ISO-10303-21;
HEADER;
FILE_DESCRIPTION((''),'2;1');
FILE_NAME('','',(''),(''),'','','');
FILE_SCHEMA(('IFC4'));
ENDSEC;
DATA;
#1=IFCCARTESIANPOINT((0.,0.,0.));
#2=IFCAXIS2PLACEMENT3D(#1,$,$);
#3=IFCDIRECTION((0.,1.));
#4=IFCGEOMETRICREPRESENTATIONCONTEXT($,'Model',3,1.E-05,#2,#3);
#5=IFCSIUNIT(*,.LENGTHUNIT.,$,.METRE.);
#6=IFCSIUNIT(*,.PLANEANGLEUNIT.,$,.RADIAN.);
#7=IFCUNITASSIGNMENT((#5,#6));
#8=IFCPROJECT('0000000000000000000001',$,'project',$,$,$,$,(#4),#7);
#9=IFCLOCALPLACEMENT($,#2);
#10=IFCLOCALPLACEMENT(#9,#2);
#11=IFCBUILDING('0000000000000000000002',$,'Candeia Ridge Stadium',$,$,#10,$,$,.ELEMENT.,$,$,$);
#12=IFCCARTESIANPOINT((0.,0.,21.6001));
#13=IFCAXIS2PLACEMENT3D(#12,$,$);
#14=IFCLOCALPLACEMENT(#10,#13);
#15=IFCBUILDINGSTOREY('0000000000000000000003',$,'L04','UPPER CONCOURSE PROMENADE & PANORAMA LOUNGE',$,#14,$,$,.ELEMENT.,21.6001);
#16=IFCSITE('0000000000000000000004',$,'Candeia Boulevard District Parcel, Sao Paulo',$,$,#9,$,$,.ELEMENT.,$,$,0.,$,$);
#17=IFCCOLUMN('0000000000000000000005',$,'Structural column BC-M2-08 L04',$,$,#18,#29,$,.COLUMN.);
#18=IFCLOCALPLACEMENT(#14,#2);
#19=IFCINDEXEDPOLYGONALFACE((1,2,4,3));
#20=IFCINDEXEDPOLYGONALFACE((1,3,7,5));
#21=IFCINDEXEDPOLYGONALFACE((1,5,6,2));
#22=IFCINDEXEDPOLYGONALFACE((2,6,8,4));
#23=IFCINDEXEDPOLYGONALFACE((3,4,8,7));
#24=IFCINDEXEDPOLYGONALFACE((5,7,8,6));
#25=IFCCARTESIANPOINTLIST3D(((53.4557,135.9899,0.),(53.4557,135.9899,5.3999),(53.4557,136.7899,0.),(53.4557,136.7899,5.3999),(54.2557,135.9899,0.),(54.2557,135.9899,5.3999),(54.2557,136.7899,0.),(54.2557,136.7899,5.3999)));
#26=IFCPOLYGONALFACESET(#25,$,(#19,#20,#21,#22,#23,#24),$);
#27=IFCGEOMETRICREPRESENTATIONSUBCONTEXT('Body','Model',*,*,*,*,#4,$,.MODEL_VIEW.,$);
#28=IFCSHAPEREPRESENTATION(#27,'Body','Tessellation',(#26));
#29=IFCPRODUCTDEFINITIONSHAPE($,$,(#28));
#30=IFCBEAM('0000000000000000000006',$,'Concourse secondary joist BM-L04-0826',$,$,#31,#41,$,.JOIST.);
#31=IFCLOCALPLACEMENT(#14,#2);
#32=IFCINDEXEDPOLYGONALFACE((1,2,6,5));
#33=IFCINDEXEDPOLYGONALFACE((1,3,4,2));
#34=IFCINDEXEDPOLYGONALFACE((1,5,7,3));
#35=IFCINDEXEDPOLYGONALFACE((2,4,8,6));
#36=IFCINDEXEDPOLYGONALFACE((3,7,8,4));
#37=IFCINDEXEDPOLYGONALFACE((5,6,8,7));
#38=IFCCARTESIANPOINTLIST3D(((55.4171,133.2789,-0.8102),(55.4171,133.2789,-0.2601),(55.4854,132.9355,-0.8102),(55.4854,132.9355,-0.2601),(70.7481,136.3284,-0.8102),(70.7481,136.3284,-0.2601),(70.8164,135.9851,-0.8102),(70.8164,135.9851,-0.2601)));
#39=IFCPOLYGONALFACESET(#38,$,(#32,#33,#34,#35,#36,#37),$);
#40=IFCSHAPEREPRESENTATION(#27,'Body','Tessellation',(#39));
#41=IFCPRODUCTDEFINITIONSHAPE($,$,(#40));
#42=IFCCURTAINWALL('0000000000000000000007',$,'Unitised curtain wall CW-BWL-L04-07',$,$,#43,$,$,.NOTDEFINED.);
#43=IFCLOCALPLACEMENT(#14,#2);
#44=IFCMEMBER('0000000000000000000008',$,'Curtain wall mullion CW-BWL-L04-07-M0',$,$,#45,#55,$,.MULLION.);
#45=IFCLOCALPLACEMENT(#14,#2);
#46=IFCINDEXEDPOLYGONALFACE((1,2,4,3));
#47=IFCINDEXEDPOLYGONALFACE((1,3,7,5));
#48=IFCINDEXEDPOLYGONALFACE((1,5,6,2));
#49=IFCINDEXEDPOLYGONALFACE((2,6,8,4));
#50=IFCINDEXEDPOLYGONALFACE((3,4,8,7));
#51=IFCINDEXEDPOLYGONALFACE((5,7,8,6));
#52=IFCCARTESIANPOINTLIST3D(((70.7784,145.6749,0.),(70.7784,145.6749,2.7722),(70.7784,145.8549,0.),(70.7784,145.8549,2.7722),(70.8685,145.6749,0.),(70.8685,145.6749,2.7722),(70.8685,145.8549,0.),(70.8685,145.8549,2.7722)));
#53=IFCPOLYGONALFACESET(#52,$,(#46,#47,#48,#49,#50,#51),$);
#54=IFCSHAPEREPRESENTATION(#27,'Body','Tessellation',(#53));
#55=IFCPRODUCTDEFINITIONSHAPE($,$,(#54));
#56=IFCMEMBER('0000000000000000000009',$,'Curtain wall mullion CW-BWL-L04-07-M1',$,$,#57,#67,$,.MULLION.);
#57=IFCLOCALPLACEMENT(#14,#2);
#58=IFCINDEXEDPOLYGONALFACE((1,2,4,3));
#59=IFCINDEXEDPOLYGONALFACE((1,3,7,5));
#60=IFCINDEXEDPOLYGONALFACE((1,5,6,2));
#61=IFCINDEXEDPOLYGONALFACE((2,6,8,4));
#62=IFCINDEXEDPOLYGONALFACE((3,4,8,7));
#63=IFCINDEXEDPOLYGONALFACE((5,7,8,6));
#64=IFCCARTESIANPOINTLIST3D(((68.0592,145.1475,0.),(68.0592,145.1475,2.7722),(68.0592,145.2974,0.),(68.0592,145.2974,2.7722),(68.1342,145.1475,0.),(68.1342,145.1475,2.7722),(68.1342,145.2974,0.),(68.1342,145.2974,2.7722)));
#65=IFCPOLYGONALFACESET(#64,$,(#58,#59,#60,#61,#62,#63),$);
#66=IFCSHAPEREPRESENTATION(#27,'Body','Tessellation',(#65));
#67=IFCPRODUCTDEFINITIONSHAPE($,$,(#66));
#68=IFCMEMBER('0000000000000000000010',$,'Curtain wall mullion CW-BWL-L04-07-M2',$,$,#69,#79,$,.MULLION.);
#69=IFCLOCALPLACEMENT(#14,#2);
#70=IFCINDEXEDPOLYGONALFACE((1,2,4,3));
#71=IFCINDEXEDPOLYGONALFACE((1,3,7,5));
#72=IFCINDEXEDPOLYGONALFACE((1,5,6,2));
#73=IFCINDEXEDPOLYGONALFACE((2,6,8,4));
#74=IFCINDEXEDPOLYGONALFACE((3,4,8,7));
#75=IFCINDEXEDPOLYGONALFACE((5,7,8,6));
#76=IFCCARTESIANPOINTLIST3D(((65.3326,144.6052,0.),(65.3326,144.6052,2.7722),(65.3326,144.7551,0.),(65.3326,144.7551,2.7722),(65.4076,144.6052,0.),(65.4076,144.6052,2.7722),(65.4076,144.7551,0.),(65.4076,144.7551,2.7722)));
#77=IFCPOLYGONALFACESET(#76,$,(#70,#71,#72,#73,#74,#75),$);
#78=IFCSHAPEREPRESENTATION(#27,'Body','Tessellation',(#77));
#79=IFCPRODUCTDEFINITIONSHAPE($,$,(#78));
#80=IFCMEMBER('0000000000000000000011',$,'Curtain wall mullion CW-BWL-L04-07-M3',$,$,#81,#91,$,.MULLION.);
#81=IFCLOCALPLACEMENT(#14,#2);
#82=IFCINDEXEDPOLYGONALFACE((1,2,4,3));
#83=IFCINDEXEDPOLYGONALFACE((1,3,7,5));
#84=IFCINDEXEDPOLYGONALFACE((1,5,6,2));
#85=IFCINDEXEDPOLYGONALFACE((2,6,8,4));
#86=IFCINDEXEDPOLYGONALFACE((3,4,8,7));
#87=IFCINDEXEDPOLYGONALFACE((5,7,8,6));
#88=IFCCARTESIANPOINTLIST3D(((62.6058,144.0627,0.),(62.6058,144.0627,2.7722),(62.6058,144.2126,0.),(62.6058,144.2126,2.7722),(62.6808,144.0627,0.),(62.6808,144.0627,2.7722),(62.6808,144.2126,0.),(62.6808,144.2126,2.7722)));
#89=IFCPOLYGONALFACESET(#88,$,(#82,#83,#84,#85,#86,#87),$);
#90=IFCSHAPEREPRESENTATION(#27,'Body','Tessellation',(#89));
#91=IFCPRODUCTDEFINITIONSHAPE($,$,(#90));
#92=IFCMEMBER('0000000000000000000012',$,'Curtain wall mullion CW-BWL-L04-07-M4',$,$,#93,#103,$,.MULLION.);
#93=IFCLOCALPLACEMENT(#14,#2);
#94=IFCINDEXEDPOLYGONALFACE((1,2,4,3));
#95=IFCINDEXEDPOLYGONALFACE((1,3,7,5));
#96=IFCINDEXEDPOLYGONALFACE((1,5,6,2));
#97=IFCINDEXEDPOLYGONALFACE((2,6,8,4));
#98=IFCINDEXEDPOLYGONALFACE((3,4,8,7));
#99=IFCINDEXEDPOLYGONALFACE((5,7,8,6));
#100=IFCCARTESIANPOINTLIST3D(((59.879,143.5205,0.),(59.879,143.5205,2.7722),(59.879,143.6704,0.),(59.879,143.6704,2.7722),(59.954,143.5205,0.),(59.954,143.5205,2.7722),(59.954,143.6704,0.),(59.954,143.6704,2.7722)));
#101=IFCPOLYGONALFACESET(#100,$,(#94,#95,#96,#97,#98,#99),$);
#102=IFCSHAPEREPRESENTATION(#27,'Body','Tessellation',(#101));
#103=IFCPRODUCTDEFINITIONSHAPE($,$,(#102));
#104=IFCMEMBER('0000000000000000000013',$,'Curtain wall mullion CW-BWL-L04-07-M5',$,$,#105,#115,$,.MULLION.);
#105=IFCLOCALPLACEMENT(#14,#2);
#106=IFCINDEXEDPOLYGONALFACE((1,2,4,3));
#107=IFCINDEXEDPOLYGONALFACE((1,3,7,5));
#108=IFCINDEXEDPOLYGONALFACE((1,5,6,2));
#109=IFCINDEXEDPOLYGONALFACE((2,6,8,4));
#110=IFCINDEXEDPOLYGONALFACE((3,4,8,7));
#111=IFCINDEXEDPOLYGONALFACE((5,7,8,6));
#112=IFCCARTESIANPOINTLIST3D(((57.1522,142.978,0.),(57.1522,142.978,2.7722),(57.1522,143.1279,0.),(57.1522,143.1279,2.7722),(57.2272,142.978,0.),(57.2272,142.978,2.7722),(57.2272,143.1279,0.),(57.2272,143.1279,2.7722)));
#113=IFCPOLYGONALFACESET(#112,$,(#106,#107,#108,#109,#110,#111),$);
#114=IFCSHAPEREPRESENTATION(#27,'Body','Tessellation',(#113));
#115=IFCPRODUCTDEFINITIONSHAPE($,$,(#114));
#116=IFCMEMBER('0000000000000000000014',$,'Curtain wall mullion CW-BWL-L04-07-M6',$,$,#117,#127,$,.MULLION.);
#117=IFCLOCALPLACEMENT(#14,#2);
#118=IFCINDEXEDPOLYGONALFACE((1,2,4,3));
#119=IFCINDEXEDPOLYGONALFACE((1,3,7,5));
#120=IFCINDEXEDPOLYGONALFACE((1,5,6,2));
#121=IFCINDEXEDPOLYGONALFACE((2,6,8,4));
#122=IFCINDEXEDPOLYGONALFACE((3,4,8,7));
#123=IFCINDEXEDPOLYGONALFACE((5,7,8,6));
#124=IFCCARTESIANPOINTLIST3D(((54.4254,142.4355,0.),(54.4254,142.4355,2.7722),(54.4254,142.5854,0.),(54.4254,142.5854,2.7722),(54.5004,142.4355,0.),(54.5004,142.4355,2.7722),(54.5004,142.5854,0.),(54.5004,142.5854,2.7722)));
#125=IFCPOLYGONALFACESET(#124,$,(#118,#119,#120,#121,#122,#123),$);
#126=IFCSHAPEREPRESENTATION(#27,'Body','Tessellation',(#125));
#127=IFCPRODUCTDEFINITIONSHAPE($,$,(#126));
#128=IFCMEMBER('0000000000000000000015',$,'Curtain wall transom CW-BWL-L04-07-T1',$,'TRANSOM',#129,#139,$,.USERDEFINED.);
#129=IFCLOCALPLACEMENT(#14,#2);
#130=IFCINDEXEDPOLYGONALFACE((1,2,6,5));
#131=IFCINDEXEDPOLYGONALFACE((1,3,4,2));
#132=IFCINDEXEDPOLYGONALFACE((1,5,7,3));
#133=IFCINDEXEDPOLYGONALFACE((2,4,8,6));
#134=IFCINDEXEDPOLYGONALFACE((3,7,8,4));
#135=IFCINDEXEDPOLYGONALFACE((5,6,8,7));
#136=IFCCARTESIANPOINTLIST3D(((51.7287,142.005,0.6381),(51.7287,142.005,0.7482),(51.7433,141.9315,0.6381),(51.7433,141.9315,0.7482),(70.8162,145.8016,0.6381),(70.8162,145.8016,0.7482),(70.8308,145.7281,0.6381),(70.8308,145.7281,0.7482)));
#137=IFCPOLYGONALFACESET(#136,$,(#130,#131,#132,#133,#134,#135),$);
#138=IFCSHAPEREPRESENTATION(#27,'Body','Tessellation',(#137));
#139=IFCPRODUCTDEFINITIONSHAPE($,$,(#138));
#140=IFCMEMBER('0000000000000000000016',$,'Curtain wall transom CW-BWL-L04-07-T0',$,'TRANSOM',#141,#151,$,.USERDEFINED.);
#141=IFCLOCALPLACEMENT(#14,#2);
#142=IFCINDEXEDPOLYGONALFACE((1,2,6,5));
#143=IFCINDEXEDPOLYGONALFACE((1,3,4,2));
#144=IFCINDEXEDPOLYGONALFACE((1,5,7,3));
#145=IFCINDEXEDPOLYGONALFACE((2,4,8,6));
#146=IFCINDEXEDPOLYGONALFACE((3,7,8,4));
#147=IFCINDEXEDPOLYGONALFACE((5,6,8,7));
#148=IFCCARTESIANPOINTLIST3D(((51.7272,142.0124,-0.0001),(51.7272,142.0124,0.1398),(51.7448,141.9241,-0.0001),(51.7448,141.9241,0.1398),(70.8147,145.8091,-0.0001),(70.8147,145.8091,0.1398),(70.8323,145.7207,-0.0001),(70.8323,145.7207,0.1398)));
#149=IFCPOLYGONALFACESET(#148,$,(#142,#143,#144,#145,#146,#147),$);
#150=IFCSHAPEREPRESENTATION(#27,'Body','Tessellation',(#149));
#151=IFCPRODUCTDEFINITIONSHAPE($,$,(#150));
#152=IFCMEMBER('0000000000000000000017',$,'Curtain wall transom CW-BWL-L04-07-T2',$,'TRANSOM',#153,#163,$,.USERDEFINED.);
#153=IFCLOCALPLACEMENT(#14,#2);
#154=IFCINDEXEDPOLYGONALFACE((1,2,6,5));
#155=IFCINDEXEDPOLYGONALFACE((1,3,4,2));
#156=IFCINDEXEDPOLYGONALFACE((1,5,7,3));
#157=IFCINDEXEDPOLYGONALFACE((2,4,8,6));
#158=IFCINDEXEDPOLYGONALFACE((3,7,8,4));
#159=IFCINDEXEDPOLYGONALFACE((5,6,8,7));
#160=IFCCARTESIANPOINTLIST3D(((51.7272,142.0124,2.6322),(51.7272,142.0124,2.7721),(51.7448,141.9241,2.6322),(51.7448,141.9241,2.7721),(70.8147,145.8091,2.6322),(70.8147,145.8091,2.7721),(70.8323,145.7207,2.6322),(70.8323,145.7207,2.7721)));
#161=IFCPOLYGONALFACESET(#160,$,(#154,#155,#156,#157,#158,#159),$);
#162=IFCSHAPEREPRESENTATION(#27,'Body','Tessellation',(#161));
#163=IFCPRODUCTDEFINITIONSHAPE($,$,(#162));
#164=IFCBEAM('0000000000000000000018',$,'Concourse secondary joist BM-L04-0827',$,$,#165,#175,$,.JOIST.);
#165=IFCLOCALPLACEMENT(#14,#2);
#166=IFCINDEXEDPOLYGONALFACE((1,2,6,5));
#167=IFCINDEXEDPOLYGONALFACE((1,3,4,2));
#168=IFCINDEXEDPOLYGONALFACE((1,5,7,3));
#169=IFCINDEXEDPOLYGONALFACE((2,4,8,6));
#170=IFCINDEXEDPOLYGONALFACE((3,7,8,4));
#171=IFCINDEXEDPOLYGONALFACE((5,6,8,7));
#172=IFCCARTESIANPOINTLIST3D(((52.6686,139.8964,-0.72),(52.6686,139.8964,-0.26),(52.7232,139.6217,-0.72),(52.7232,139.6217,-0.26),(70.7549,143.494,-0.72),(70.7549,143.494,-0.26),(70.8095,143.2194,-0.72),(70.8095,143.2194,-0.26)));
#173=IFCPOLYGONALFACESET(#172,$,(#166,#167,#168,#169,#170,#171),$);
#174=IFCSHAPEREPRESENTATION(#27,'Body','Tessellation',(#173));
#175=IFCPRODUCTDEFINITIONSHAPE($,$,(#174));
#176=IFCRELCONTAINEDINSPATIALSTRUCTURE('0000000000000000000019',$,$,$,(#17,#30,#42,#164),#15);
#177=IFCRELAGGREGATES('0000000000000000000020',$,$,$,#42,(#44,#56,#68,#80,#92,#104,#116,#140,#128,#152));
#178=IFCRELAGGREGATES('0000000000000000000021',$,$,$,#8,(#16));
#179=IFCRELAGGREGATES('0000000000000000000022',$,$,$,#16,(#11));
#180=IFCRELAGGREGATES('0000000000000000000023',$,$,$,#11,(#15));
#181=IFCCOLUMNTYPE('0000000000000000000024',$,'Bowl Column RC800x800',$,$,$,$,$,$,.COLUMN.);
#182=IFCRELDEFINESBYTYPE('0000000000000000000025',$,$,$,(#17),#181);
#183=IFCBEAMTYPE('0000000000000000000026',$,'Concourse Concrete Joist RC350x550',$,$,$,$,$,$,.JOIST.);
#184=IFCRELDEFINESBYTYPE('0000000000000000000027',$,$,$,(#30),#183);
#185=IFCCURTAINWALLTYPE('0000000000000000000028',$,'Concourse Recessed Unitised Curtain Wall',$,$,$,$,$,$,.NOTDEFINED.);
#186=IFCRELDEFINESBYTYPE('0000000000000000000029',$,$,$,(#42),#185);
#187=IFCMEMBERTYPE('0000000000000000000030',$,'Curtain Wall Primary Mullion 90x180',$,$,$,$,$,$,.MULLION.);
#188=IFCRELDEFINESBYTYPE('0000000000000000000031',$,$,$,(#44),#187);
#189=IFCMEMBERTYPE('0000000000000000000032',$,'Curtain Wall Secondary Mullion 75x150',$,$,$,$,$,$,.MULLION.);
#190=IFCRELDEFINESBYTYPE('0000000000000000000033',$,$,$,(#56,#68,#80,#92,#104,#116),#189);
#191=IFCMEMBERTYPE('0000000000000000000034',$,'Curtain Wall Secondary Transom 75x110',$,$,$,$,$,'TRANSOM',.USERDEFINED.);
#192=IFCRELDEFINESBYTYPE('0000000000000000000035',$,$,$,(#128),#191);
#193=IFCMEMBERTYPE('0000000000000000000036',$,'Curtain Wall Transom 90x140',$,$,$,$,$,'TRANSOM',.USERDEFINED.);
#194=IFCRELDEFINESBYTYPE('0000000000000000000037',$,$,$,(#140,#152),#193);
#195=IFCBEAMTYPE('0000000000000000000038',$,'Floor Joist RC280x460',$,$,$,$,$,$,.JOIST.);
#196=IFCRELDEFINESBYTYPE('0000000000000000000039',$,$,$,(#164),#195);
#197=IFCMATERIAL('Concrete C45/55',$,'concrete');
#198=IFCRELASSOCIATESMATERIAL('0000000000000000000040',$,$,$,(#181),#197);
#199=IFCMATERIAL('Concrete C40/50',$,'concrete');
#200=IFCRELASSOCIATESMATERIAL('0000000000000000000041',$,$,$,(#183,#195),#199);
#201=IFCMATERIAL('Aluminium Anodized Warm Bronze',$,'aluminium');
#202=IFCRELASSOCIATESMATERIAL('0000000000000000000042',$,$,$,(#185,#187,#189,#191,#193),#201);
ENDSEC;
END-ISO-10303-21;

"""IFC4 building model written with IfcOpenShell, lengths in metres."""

from ifc_helpers import new_model, si_unit, direction, frame, origin, origin_2d, place, context, subcontext, project, spatial, rectangle, extrude, material, material_profile, profile_set, type_object, element, aggregate, save


model = new_model("IFC4")

# Units and contexts
model_context = context("Model", 3, precision=1e-05, world=origin(), true_north=direction((0.0, 1.0)))
body_context = subcontext(model_context, "Body", "Model", "MODEL_VIEW")
ifc_project = project(units=[si_unit("LENGTHUNIT", "METRE"), si_unit("PLANEANGLEUNIT", "RADIAN")], contexts=[model_context])

# Site, building, storey
site_placement = place(None, origin())
site = spatial("IfcSite", under=ifc_project, at=site_placement, Name="Candeia Boulevard District Parcel, Sao Paulo", CompositionType="ELEMENT", RefElevation=0.0)
building_placement = place(site_placement, origin())
building = spatial("IfcBuilding", under=site, at=building_placement, Name="Candeia Ridge Stadium", CompositionType="ELEMENT")
storey_placement = place(building_placement, frame((0.0, 0.0, 21.6001)))
storey = spatial("IfcBuildingStorey", under=building, at=storey_placement, Name="L04", Description="UPPER CONCOURSE PROMENADE & PANORAMA LOUNGE", CompositionType="ELEMENT", Elevation=21.6001)

# Column
ifc_material_1 = material(Name="Concrete C45/55", Category="concrete")
ifc_material_profile_1 = material_profile(ifc_material_1, rectangle(XDim=0.8, YDim=0.8, at=origin_2d()), Name="RC800x800", Category="concrete")
ifc_profile_set_1 = profile_set([ifc_material_profile_1], Name="Concrete C45/55")
column_type = type_object("IfcColumnType", Name="Bowl Column RC800x800", PredefinedType="COLUMN", material=ifc_profile_set_1)
column_placement = place(storey_placement, frame((53.8557, 136.3899, 0.0), z_axis=(0.0, 0.0, 1.0), x_axis=(1.0, 0.0, 0.0)))
element("IfcColumn", 1, at=column_placement, inside=storey, type_object=column_type, Name="Structural column BC-M2-08 L04", PredefinedType="COLUMN", context=body_context, shape_type="SweptSolid", body=[
    extrude(rectangle(XDim=0.8, YDim=0.8, at=origin_2d()), origin(), (0.0, 0.0, 1.0), 5.3999),
])

# Beam
ifc_material_2 = material(Name="Concrete C40/50", Category="concrete")
ifc_material_profile_2 = material_profile(ifc_material_2, rectangle(XDim=0.3501, YDim=0.55, at=origin_2d()), Name="RC350x550", Category="concrete")
ifc_profile_set_2 = profile_set([ifc_material_profile_2], Name="Concrete C40/50")
beam_type_1 = type_object("IfcBeamType", Name="Concourse Concrete Joist RC350x550", PredefinedType="JOIST", material=ifc_profile_set_2)
beam_1_placement = place(storey_placement, frame((70.7822, 136.1567, -0.5352), z_axis=(-0.980785, -0.195092, 0.0), x_axis=(0.195092, -0.980785, 0.0)))
element("IfcBeam", 2, at=beam_1_placement, inside=storey, type_object=beam_type_1, Name="Concourse secondary joist BM-L04-0826", PredefinedType="JOIST", context=body_context, shape_type="SweptSolid", body=[
    extrude(rectangle(XDim=0.3501, YDim=0.55, at=origin_2d()), origin(), (0.0, 0.0, 1.0), 15.6313),
])

# Curtain wall, members
ifc_material_3 = material(Name="Aluminium Anodized Warm Bronze", Category="aluminium")
curtain_wall_type = type_object("IfcCurtainWallType", Name="Concourse Recessed Unitised Curtain Wall", PredefinedType="NOTDEFINED", material=ifc_material_3)
curtain_wall_placement = place(storey_placement, origin())
curtain_wall = element("IfcCurtainWall", 3, at=curtain_wall_placement, inside=storey, type_object=curtain_wall_type, Name="Unitised curtain wall CW-BWL-L04-07", PredefinedType="NOTDEFINED")
ifc_material_profile_3 = material_profile(ifc_material_3, rectangle(XDim=0.0901, YDim=0.1799, at=origin_2d()), Name="CWM-90x180", Category="aluminium")
ifc_profile_set_3 = profile_set([ifc_material_profile_3], Name="Aluminium Anodized Warm Bronze")
member_type_1 = type_object("IfcMemberType", Name="Curtain Wall Primary Mullion 90x180", PredefinedType="MULLION", material=ifc_profile_set_3)
member_1_placement = place(storey_placement, frame((70.8235, 145.7649, 0.0), z_axis=(0.0, 0.0, 1.0), x_axis=(1.0, 0.0, 0.0)))
member_1 = element("IfcMember", 4, at=member_1_placement, type_object=member_type_1, Name="Curtain wall mullion CW-BWL-L04-07-M0", PredefinedType="MULLION", context=body_context, shape_type="SweptSolid", body=[
    extrude(rectangle(XDim=0.0901, YDim=0.1799, at=origin_2d()), origin(), (0.0, 0.0, 1.0), 2.7722),
])
ifc_material_profile_4 = material_profile(ifc_material_3, rectangle(XDim=0.075, YDim=0.1499, at=origin_2d()), Name="CWM-75x150", Category="aluminium")
ifc_profile_set_4 = profile_set([ifc_material_profile_4], Name="Aluminium Anodized Warm Bronze")
member_type_2 = type_object("IfcMemberType", Name="Curtain Wall Secondary Mullion 75x150", PredefinedType="MULLION", material=ifc_profile_set_4)
member_2_placement = place(storey_placement, frame((68.0967, 145.2224, 0.0), z_axis=(0.0, 0.0, 1.0), x_axis=(1.0, 0.0, 0.0)))
member_2 = element("IfcMember", 5, at=member_2_placement, type_object=member_type_2, Name="Curtain wall mullion CW-BWL-L04-07-M1", PredefinedType="MULLION", context=body_context, shape_type="SweptSolid", body=[
    extrude(rectangle(XDim=0.075, YDim=0.1499, at=origin_2d()), origin(), (0.0, 0.0, 1.0), 2.7722),
])
member_3_placement = place(storey_placement, frame((65.3701, 144.6802, 0.0), z_axis=(0.0, 0.0, 1.0), x_axis=(1.0, 0.0, 0.0)))
member_3 = element("IfcMember", 6, at=member_3_placement, type_object=member_type_2, Name="Curtain wall mullion CW-BWL-L04-07-M2", PredefinedType="MULLION", context=body_context, shape_type="SweptSolid", body=[
    extrude(rectangle(XDim=0.075, YDim=0.1499, at=origin_2d()), origin(), (0.0, 0.0, 1.0), 2.7722),
])
member_4_placement = place(storey_placement, frame((62.6433, 144.1377, 0.0), z_axis=(0.0, 0.0, 1.0), x_axis=(1.0, 0.0, 0.0)))
member_4 = element("IfcMember", 7, at=member_4_placement, type_object=member_type_2, Name="Curtain wall mullion CW-BWL-L04-07-M3", PredefinedType="MULLION", context=body_context, shape_type="SweptSolid", body=[
    extrude(rectangle(XDim=0.075, YDim=0.1499, at=origin_2d()), origin(), (0.0, 0.0, 1.0), 2.7722),
])
member_5_placement = place(storey_placement, frame((59.9165, 143.5955, 0.0), z_axis=(0.0, 0.0, 1.0), x_axis=(1.0, 0.0, 0.0)))
member_5 = element("IfcMember", 8, at=member_5_placement, type_object=member_type_2, Name="Curtain wall mullion CW-BWL-L04-07-M4", PredefinedType="MULLION", context=body_context, shape_type="SweptSolid", body=[
    extrude(rectangle(XDim=0.075, YDim=0.1499, at=origin_2d()), origin(), (0.0, 0.0, 1.0), 2.7722),
])
member_6_placement = place(storey_placement, frame((57.1897, 143.053, 0.0), z_axis=(0.0, 0.0, 1.0), x_axis=(1.0, 0.0, 0.0)))
member_6 = element("IfcMember", 9, at=member_6_placement, type_object=member_type_2, Name="Curtain wall mullion CW-BWL-L04-07-M5", PredefinedType="MULLION", context=body_context, shape_type="SweptSolid", body=[
    extrude(rectangle(XDim=0.075, YDim=0.1499, at=origin_2d()), origin(), (0.0, 0.0, 1.0), 2.7722),
])
member_7_placement = place(storey_placement, frame((54.4629, 142.5105, 0.0), z_axis=(0.0, 0.0, 1.0), x_axis=(1.0, 0.0, 0.0)))
member_7 = element("IfcMember", 10, at=member_7_placement, type_object=member_type_2, Name="Curtain wall mullion CW-BWL-L04-07-M6", PredefinedType="MULLION", context=body_context, shape_type="SweptSolid", body=[
    extrude(rectangle(XDim=0.075, YDim=0.1499, at=origin_2d()), origin(), (0.0, 0.0, 1.0), 2.7722),
])
ifc_material_profile_5 = material_profile(ifc_material_3, rectangle(XDim=0.075, YDim=0.1101, at=origin_2d()), Name="CWT-75x110", Category="aluminium")
ifc_profile_set_5 = profile_set([ifc_material_profile_5], Name="Aluminium Anodized Warm Bronze")
member_type_3 = type_object("IfcMemberType", Name="Curtain Wall Secondary Transom 75x110", ElementType="TRANSOM", PredefinedType="USERDEFINED", material=ifc_profile_set_5)
member_8_placement = place(storey_placement, frame((70.8235, 145.7649, 0.6931), z_axis=(-0.980786, -0.195086, 0.0), x_axis=(0.195086, -0.980786, 0.0)))
member_8 = element("IfcMember", 11, at=member_8_placement, type_object=member_type_3, Name="Curtain wall transom CW-BWL-L04-07-T1", ObjectType="TRANSOM", PredefinedType="USERDEFINED", context=body_context, shape_type="SweptSolid", body=[
    extrude(rectangle(XDim=0.075, YDim=0.1101, at=origin_2d()), origin(), (0.0, 0.0, 1.0), 19.4614),
])
ifc_material_profile_6 = material_profile(ifc_material_3, rectangle(XDim=0.0901, YDim=0.1399, at=origin_2d()), Name="CWT-90x140", Category="aluminium")
ifc_profile_set_6 = profile_set([ifc_material_profile_6], Name="Aluminium Anodized Warm Bronze")
member_type_4 = type_object("IfcMemberType", Name="Curtain Wall Transom 90x140", ElementType="TRANSOM", PredefinedType="USERDEFINED", material=ifc_profile_set_6)
member_9_placement = place(storey_placement, frame((70.8235, 145.7649, 0.0698), z_axis=(-0.980786, -0.195086, 0.0), x_axis=(0.195086, -0.980786, 0.0)))
member_9 = element("IfcMember", 12, at=member_9_placement, type_object=member_type_4, Name="Curtain wall transom CW-BWL-L04-07-T0", ObjectType="TRANSOM", PredefinedType="USERDEFINED", context=body_context, shape_type="SweptSolid", body=[
    extrude(rectangle(XDim=0.0901, YDim=0.1399, at=origin_2d()), origin(), (0.0, 0.0, 1.0), 19.4614),
])
member_10_placement = place(storey_placement, frame((70.8235, 145.7649, 2.7021), z_axis=(-0.980786, -0.195086, 0.0), x_axis=(0.195086, -0.980786, 0.0)))
member_10 = element("IfcMember", 13, at=member_10_placement, type_object=member_type_4, Name="Curtain wall transom CW-BWL-L04-07-T2", ObjectType="TRANSOM", PredefinedType="USERDEFINED", context=body_context, shape_type="SweptSolid", body=[
    extrude(rectangle(XDim=0.0901, YDim=0.1399, at=origin_2d()), origin(), (0.0, 0.0, 1.0), 19.4614),
])

# Beam
ifc_material_profile_7 = material_profile(ifc_material_2, rectangle(XDim=0.28, YDim=0.46, at=origin_2d()), Name="RC280x460", Category="concrete")
ifc_profile_set_7 = profile_set([ifc_material_profile_7], Name="Concrete C40/50")
beam_type_2 = type_object("IfcBeamType", Name="Floor Joist RC280x460", PredefinedType="JOIST", material=ifc_profile_set_7)
beam_2_placement = place(storey_placement, frame((70.7822, 143.3567, -0.49), z_axis=(-0.980785, -0.195093, 0.0), x_axis=(0.195093, -0.980785, 0.0)))
element("IfcBeam", 14, at=beam_2_placement, inside=storey, type_object=beam_type_2, Name="Concourse secondary joist BM-L04-0827", PredefinedType="JOIST", context=body_context, shape_type="SweptSolid", body=[
    extrude(rectangle(XDim=0.28, YDim=0.46, at=origin_2d()), origin(), (0.0, 0.0, 1.0), 18.4407),
])

aggregate(curtain_wall, [member_1, member_2, member_3, member_4, member_5, member_6, member_7, member_9, member_8, member_10])

save(model, "model.ifc")
